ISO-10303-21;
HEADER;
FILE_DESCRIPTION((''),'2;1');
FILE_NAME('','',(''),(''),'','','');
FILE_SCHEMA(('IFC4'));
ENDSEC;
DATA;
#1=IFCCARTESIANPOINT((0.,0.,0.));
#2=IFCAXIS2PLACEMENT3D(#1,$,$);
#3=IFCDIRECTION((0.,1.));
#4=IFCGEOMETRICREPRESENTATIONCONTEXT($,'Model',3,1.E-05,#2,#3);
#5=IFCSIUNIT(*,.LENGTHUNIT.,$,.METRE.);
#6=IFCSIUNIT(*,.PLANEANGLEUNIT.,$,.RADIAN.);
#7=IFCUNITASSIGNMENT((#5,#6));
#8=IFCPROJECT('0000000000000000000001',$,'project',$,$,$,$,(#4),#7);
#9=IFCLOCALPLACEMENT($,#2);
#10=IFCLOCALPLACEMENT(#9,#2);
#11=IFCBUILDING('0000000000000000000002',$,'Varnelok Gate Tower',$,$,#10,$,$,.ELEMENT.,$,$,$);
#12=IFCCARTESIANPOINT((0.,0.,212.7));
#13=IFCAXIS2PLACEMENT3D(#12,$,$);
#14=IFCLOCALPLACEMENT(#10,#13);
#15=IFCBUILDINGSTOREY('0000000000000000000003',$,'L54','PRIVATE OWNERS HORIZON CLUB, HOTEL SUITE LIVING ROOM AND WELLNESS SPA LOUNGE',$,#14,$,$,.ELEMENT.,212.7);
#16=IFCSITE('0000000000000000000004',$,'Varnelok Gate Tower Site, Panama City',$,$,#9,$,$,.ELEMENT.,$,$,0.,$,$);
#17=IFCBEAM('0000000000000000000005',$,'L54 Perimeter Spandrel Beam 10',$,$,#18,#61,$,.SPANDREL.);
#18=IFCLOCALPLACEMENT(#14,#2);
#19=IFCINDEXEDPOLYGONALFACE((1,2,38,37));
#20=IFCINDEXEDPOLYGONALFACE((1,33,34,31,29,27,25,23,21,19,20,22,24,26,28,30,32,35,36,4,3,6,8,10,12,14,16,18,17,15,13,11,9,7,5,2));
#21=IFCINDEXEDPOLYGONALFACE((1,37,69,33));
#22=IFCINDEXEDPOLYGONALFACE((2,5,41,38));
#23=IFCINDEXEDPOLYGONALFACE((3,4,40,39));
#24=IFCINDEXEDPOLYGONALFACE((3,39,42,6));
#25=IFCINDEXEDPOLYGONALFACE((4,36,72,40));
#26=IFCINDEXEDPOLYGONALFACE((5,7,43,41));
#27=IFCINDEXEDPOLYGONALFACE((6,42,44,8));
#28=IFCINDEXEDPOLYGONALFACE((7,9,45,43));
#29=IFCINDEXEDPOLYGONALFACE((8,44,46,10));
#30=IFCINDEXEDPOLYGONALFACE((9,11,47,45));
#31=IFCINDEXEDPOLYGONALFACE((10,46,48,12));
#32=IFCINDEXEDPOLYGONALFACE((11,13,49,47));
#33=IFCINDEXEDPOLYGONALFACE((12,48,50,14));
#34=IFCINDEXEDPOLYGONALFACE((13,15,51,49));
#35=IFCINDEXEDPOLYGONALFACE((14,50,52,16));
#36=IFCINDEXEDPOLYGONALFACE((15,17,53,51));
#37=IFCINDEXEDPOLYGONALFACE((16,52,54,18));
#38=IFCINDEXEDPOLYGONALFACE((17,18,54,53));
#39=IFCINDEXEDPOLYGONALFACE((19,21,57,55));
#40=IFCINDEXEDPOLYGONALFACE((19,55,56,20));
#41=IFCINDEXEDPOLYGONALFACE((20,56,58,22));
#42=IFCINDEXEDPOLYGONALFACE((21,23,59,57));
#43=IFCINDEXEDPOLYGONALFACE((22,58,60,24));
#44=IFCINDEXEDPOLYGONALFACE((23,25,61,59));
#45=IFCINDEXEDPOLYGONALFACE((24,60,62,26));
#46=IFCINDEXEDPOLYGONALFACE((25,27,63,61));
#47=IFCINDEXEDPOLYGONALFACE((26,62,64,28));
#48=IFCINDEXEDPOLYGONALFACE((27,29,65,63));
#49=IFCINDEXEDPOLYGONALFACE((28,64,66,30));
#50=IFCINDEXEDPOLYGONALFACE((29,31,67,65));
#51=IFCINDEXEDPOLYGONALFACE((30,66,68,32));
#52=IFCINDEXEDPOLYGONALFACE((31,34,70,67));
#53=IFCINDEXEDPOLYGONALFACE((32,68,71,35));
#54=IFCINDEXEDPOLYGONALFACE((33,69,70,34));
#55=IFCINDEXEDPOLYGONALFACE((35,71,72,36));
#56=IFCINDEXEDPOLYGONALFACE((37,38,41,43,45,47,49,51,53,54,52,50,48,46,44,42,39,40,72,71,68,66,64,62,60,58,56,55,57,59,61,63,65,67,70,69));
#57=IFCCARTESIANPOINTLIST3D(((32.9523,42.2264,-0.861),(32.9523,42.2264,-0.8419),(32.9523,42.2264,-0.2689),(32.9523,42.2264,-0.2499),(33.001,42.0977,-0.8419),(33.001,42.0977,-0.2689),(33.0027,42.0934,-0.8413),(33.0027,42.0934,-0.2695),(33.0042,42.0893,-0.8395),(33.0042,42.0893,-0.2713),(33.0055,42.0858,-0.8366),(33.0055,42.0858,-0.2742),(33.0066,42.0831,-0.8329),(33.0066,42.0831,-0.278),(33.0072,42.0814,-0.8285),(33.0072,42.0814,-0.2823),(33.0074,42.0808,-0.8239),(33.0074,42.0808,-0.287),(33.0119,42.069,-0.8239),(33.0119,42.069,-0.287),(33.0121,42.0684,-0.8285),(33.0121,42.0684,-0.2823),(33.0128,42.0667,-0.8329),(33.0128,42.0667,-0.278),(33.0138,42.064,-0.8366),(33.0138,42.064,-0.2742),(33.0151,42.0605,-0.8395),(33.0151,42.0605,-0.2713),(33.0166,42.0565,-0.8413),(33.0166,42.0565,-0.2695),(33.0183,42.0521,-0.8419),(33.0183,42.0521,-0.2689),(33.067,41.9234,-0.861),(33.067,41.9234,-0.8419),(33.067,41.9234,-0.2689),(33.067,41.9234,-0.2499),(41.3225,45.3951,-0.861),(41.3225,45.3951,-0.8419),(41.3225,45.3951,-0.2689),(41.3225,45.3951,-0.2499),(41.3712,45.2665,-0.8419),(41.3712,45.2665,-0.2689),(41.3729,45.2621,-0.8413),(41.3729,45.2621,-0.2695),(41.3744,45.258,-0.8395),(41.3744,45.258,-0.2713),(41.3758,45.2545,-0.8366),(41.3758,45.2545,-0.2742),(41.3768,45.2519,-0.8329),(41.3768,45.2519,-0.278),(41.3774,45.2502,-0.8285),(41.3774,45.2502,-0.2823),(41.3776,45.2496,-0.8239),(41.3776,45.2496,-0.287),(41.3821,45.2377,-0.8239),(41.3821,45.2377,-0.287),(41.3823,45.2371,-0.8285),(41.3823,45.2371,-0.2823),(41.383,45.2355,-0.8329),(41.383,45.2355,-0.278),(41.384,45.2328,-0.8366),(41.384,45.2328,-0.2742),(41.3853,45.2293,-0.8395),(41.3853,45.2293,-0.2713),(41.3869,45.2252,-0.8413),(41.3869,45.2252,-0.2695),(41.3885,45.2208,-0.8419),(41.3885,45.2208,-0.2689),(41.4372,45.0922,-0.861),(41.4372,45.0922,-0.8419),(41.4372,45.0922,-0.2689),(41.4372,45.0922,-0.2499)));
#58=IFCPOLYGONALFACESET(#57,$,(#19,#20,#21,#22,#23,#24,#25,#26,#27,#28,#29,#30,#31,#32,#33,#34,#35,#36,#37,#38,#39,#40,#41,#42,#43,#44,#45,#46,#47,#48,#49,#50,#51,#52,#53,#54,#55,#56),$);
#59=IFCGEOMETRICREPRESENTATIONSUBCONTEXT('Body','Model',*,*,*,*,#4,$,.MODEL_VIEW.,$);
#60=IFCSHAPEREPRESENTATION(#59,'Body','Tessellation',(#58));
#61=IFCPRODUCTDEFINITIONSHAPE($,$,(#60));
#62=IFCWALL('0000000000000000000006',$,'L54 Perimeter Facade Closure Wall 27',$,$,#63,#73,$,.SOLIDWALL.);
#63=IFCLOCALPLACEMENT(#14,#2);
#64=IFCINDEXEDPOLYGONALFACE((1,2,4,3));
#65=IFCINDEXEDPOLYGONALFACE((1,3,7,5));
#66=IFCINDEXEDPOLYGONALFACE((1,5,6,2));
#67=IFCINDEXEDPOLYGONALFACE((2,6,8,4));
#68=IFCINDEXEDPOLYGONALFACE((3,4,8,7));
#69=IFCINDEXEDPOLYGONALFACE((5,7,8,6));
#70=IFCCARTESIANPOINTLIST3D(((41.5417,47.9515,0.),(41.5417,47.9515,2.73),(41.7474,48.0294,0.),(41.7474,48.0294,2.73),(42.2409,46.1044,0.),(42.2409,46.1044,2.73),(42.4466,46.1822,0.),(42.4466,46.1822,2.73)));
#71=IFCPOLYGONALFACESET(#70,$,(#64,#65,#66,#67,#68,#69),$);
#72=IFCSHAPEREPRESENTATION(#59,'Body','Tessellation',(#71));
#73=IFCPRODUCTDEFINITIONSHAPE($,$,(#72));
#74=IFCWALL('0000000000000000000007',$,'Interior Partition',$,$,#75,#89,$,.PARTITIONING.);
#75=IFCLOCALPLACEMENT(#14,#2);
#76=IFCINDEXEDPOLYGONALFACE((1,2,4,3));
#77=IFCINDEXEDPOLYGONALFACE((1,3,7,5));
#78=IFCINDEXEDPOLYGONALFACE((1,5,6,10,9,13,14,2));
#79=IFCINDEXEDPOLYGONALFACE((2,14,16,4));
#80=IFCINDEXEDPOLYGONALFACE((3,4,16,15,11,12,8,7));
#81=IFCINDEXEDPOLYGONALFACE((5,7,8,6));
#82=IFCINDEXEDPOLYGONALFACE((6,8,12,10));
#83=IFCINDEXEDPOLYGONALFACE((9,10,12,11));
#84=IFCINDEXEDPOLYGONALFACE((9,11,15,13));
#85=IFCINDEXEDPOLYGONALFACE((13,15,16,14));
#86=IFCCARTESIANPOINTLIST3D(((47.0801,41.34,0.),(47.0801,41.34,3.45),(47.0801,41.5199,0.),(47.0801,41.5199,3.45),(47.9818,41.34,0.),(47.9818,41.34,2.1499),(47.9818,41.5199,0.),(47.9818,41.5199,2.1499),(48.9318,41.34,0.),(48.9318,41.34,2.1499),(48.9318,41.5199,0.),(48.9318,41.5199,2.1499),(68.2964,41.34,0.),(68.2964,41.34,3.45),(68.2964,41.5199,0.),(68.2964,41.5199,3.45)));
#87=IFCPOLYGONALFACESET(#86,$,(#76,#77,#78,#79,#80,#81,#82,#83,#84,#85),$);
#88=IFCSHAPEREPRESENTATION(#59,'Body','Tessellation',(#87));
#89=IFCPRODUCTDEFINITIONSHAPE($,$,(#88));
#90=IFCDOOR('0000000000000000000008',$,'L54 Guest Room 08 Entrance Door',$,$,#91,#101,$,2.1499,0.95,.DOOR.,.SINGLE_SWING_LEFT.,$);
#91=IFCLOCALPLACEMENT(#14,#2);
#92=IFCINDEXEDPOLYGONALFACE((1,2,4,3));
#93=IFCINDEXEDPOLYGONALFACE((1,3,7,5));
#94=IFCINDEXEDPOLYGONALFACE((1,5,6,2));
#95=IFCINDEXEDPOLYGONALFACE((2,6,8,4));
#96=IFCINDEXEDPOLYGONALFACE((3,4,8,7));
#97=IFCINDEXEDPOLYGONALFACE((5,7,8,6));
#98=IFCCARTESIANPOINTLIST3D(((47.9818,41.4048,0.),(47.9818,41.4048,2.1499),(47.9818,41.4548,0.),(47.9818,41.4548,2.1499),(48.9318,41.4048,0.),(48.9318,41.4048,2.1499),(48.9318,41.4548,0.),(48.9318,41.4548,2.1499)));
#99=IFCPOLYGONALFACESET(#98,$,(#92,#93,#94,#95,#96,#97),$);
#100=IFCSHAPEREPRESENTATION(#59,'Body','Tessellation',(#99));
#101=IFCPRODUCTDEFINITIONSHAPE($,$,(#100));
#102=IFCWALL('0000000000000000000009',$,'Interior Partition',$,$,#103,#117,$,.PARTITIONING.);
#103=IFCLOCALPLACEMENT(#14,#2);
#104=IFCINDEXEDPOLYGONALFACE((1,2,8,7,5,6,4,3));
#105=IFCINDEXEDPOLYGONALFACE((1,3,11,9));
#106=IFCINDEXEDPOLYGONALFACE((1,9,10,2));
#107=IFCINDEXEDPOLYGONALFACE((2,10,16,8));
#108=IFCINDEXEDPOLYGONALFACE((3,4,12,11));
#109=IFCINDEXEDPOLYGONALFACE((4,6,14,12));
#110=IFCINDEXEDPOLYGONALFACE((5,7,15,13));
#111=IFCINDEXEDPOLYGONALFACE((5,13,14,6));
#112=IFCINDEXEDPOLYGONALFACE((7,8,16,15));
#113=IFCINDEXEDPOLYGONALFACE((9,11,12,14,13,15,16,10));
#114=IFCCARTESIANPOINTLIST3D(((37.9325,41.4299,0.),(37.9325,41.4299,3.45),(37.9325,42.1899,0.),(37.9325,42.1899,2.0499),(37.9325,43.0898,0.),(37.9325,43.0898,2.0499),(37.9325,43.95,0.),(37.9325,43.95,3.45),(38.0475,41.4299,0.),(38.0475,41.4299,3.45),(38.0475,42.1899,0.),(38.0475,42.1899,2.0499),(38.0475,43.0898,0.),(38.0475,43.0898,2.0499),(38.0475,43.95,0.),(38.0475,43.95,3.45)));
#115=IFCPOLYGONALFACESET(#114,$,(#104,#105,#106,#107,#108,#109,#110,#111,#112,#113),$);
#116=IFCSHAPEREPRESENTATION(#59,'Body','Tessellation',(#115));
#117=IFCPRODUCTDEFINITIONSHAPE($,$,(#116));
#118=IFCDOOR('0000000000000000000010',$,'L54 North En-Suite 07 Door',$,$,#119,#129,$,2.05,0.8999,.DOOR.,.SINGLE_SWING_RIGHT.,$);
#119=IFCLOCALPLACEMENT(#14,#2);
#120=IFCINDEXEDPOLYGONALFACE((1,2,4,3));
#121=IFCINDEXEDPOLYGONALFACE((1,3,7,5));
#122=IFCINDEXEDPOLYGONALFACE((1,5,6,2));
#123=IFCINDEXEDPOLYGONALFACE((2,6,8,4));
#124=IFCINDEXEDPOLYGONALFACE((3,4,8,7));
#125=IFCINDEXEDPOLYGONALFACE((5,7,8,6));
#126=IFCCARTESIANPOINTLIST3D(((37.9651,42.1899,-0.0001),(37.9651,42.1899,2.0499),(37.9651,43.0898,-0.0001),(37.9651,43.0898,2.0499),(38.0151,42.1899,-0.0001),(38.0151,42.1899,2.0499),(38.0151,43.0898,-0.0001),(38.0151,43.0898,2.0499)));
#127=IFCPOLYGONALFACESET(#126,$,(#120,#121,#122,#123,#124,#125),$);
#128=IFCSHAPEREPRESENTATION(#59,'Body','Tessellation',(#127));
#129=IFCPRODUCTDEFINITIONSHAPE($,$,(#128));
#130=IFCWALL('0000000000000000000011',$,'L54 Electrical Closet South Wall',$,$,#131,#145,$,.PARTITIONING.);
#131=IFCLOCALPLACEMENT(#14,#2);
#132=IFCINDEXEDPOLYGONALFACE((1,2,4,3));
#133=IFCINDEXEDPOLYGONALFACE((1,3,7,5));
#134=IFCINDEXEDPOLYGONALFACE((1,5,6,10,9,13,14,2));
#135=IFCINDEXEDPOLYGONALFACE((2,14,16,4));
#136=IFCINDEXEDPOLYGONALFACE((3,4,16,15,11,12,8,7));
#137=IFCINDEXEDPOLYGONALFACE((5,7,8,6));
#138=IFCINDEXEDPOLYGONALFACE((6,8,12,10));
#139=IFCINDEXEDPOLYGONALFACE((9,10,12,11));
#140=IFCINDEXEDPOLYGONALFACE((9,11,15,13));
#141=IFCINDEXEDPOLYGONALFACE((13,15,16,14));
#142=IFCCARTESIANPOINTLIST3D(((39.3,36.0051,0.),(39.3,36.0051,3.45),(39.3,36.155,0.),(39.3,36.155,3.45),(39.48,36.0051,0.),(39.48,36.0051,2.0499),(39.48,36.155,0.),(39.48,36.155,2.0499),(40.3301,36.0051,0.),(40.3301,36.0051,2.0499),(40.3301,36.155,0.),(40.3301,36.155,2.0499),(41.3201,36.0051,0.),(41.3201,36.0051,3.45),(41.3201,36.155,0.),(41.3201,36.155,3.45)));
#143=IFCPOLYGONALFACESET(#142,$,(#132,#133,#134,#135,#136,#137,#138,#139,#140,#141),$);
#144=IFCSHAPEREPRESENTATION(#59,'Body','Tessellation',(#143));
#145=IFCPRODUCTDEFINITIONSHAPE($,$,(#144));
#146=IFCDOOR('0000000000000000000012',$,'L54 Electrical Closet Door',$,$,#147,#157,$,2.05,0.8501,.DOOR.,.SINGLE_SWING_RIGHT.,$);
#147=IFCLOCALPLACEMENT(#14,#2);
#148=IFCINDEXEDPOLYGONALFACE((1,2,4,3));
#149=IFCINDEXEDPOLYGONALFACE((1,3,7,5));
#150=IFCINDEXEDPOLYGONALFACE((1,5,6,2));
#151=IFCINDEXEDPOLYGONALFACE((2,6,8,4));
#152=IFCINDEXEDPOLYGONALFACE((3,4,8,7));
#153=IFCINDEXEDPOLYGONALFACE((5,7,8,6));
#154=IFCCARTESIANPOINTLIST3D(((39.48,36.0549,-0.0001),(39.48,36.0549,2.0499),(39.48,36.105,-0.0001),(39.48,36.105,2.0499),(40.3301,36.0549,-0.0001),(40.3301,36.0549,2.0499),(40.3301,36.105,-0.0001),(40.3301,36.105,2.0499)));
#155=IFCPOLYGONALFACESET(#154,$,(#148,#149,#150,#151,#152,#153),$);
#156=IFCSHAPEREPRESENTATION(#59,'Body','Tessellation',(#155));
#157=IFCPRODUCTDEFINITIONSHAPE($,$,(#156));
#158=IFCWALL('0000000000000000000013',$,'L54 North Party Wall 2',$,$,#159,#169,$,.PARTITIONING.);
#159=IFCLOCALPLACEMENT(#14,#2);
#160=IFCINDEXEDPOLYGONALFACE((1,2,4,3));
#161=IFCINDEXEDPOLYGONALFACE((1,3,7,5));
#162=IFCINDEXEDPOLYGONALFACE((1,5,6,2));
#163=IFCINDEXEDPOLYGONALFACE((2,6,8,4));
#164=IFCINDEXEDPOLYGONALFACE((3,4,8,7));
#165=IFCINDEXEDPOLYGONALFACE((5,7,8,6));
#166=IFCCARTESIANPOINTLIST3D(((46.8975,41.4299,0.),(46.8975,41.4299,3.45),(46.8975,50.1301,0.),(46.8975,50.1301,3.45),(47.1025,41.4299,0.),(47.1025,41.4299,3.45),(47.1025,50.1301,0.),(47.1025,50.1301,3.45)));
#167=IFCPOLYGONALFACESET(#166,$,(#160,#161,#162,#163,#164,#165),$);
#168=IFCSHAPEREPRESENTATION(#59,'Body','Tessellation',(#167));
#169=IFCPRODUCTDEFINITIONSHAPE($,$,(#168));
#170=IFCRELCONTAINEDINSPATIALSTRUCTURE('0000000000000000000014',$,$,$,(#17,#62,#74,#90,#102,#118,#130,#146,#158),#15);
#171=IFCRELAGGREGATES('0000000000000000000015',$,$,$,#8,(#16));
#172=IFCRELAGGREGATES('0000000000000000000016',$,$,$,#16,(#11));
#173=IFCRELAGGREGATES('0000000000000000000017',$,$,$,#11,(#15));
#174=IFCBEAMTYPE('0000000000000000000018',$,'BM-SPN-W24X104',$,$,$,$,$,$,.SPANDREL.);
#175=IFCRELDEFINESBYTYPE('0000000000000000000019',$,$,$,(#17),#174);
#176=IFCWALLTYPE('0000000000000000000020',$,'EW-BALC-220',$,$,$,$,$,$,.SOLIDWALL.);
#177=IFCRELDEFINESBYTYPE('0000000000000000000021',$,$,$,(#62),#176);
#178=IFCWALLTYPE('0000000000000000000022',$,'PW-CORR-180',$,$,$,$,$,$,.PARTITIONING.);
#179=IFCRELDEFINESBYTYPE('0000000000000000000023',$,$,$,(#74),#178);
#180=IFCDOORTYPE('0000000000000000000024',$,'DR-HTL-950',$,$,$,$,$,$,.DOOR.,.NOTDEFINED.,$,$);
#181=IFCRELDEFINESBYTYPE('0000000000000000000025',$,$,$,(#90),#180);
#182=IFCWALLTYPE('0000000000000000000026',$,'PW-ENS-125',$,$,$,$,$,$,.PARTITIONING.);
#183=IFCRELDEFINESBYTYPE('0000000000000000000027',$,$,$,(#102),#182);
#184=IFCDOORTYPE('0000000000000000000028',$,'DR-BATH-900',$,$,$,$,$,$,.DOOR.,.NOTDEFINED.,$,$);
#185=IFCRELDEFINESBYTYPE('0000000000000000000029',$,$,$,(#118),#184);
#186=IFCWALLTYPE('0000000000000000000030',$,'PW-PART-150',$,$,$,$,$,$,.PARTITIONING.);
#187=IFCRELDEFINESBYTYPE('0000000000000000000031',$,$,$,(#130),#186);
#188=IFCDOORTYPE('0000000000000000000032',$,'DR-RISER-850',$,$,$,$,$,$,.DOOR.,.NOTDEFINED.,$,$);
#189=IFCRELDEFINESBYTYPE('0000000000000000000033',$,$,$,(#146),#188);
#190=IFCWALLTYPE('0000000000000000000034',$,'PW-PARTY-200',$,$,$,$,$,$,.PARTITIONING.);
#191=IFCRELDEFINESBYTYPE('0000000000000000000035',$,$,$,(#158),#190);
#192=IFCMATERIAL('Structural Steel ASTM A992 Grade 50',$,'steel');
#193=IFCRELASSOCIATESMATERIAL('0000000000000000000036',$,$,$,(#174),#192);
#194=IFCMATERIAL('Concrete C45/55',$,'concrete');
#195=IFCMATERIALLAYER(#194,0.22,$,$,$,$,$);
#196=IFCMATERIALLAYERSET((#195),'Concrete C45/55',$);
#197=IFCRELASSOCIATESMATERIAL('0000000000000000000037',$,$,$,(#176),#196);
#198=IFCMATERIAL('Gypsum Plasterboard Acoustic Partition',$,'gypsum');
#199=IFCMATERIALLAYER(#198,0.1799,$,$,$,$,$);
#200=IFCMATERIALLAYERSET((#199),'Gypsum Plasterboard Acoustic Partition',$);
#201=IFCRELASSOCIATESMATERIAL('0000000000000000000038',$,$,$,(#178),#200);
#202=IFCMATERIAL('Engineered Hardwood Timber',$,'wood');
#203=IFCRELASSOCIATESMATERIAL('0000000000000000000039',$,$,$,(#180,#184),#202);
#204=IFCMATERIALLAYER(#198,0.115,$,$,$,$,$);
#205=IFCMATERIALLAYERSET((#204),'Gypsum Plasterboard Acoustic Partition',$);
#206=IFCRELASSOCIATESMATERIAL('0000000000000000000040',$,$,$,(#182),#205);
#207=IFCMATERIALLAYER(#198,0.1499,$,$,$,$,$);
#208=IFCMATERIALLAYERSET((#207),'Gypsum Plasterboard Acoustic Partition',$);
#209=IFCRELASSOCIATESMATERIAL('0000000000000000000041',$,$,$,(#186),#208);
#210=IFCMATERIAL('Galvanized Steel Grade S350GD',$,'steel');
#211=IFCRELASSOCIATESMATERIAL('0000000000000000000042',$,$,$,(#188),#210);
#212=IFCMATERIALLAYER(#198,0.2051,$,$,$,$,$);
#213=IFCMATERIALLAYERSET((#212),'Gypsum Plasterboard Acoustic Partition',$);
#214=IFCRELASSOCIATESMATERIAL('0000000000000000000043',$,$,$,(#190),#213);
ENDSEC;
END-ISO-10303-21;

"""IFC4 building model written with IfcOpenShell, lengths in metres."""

from ifc_helpers import new_model, si_unit, direction, frame, frame_2d, origin, origin_2d, place, context, subcontext, project, spatial, rectangle, i_section, extrude, material, layer, layer_set, material_profile, profile_set, type_object, element, fill, save


model = new_model("IFC4")

# Units and contexts
model_context = context("Model", 3, precision=1e-05, world=origin(), true_north=direction((0.0, 1.0)))
body_context = subcontext(model_context, "Body", "Model", "MODEL_VIEW")
ifc_project = project(units=[si_unit("LENGTHUNIT", "METRE"), si_unit("PLANEANGLEUNIT", "RADIAN")], contexts=[model_context])

# Site, building, storey
site_placement = place(None, origin())
site = spatial("IfcSite", under=ifc_project, at=site_placement, Name="Varnelok Gate Tower Site, Panama City", CompositionType="ELEMENT", RefElevation=0.0)
building_placement = place(site_placement, origin())
building = spatial("IfcBuilding", under=site, at=building_placement, Name="Varnelok Gate Tower", CompositionType="ELEMENT")
storey_placement = place(building_placement, frame((0.0, 0.0, 212.7)))
storey = spatial("IfcBuildingStorey", under=building, at=storey_placement, Name="L54", Description="PRIVATE OWNERS HORIZON CLUB, HOTEL SUITE LIVING ROOM AND WELLNESS SPA LOUNGE", CompositionType="ELEMENT", Elevation=212.7)

# Shared definitions
ifc_material_1 = material(Name="Structural Steel ASTM A992 Grade 50", Category="steel")

# Beam
ifc_material_profile_1 = material_profile(ifc_material_1, i_section(OverallWidth=0.324, OverallDepth=0.6111, WebThickness=0.0127, FlangeThickness=0.019, FilletRadius=0.0181, at=origin_2d()), Name="W24X104")
ifc_profile_set_1 = profile_set([ifc_material_profile_1], Name="Structural Steel ASTM A992 Grade 50")
beam_type_1 = type_object("IfcBeamType", Name="BM-SPN-W24X104", PredefinedType="SPANDREL", material=ifc_profile_set_1)
beam_1_placement = place(storey_placement, frame((41.3799, 45.2437, -0.5554), z_axis=(-0.935226, -0.354051, 0.0), x_axis=(0.354051, -0.935226, 0.0)))
element("IfcBeam", 1, at=beam_1_placement, inside=storey, type_object=beam_type_1, Name="L54 Perimeter Spandrel Beam 10", PredefinedType="SPANDREL", context=body_context, shape_type="SweptSolid", body=[
    extrude(i_section(OverallWidth=0.324, OverallDepth=0.6111, WebThickness=0.0127, FlangeThickness=0.019, FilletRadius=0.0181, at=origin_2d()), origin(), (0.0, 0.0, 1.0), 8.95),
])

# Wall
ifc_material_2 = material(Name="Concrete C45/55", Category="concrete")
ifc_layer_1 = layer(ifc_material_2, 0.22)
ifc_layer_set_1 = layer_set([ifc_layer_1], Name="Concrete C45/55")
wall_type_1 = type_object("IfcWallType", Name="EW-BALC-220", PredefinedType="SOLIDWALL", material=ifc_layer_set_1)
wall_1_placement = place(storey_placement, frame((41.6445, 47.9905, 0.0), z_axis=(0.0, 0.0, 1.0), x_axis=(0.354021, -0.935238, 0.0)))
element("IfcWall", 2, at=wall_1_placement, inside=storey, type_object=wall_type_1, Name="L54 Perimeter Facade Closure Wall 27", PredefinedType="SOLIDWALL", context=body_context, shape_type="SweptSolid", body=[
    extrude(rectangle(XDim=1.9751, YDim=0.22, at=frame_2d((0.9875, 0.0))), origin(), (0.0, 0.0, 1.0), 2.73),
])

# Walls, openings, doors
ifc_material_3 = material(Name="Gypsum Plasterboard Acoustic Partition", Category="gypsum")
ifc_layer_2 = layer(ifc_material_3, 0.1799)
ifc_layer_set_2 = layer_set([ifc_layer_2], Name="Gypsum Plasterboard Acoustic Partition")
wall_type_2 = type_object("IfcWallType", Name="PW-CORR-180", PredefinedType="PARTITIONING", material=ifc_layer_set_2)
wall_2_placement = place(storey_placement, frame((47.0801, 41.4299, 0.0), z_axis=(0.0, 0.0, 1.0), x_axis=(1.0, 0.0, 0.0)))
wall_2 = element("IfcWall", 3, at=wall_2_placement, inside=storey, type_object=wall_type_2, Name="Interior Partition", PredefinedType="PARTITIONING", context=body_context, shape_type="SweptSolid", body=[
    extrude(rectangle(XDim=21.2163, YDim=0.1799, at=frame_2d((10.6082, 0.0))), origin(), (0.0, 0.0, 1.0), 3.45),
])
opening_1_placement = place(wall_2_placement, frame((0.9016, 0.0, 0.0)))
opening_1 = element("IfcOpeningElement", 4, at=opening_1_placement, cuts=wall_2, PredefinedType="OPENING", context=body_context, shape_type="SweptSolid", body=[
    extrude(rectangle(XDim=0.95, YDim=2.1499, at=frame_2d((0.4751, 1.075))), frame((0.0, 0.0999, 0.0), z_axis=(0.0, -1.0, 0.0), x_axis=(1.0, 0.0, 0.0)), (0.0, 0.0, 1.0), 0.2),
])
ifc_material_4 = material(Name="Engineered Hardwood Timber", Category="wood")
door_type_1 = type_object("IfcDoorType", Name="DR-HTL-950", OperationType="NOTDEFINED", PredefinedType="DOOR", material=ifc_material_4)
door_1_placement = place(opening_1_placement, origin())
door_1 = element("IfcDoor", 5, at=door_1_placement, inside=storey, type_object=door_type_1, Name="L54 Guest Room 08 Entrance Door", OperationType="SINGLE_SWING_LEFT", OverallHeight=2.1499, OverallWidth=0.95, PredefinedType="DOOR", context=body_context, shape_type="SweptSolid", body=[
    extrude(rectangle(XDim=0.95, YDim=2.1499, at=frame_2d((0.4751, 1.075))), frame((0.0, 0.0249, 0.0), z_axis=(0.0, -1.0, 0.0), x_axis=(1.0, 0.0, 0.0)), (0.0, 0.0, 1.0), 0.05),
])
fill(opening_1, door_1)
ifc_layer_3 = layer(ifc_material_3, 0.115)
ifc_layer_set_3 = layer_set([ifc_layer_3], Name="Gypsum Plasterboard Acoustic Partition")
wall_type_3 = type_object("IfcWallType", Name="PW-ENS-125", PredefinedType="PARTITIONING", material=ifc_layer_set_3)
wall_3_placement = place(storey_placement, frame((37.99, 41.4299, 0.0), z_axis=(0.0, 0.0, 1.0), x_axis=(0.0, 1.0, 0.0)))
wall_3 = element("IfcWall", 6, at=wall_3_placement, inside=storey, type_object=wall_type_3, Name="Interior Partition", PredefinedType="PARTITIONING", context=body_context, shape_type="SweptSolid", body=[
    extrude(rectangle(XDim=2.52, YDim=0.115, at=frame_2d((1.26, 0.0))), origin(), (0.0, 0.0, 1.0), 3.45),
])
opening_2_placement = place(wall_3_placement, frame((0.76, 0.0, 0.0)))
opening_2 = element("IfcOpeningElement", 7, at=opening_2_placement, cuts=wall_3, PredefinedType="OPENING", context=body_context, shape_type="SweptSolid", body=[
    extrude(rectangle(XDim=0.8999, YDim=2.05, at=frame_2d((0.45, 1.0249))), frame((0.0, 0.0674, 0.0), z_axis=(0.0, -1.0, 0.0), x_axis=(1.0, 0.0, 0.0)), (0.0, 0.0, 1.0), 0.135),
])
door_type_2 = type_object("IfcDoorType", Name="DR-BATH-900", OperationType="NOTDEFINED", PredefinedType="DOOR", material=ifc_material_4)
door_2_placement = place(opening_2_placement, origin())
door_2 = element("IfcDoor", 8, at=door_2_placement, inside=storey, type_object=door_type_2, Name="L54 North En-Suite 07 Door", OperationType="SINGLE_SWING_RIGHT", OverallHeight=2.05, OverallWidth=0.8999, PredefinedType="DOOR", context=body_context, shape_type="SweptSolid", body=[
    extrude(rectangle(XDim=0.8999, YDim=2.05, at=frame_2d((0.45, 1.0249))), frame((0.0, 0.0249, 0.0), z_axis=(0.0, -1.0, 0.0), x_axis=(1.0, 0.0, 0.0)), (0.0, 0.0, 1.0), 0.05),
])
fill(opening_2, door_2)
ifc_layer_4 = layer(ifc_material_3, 0.1499)
ifc_layer_set_4 = layer_set([ifc_layer_4], Name="Gypsum Plasterboard Acoustic Partition")
wall_type_4 = type_object("IfcWallType", Name="PW-PART-150", PredefinedType="PARTITIONING", material=ifc_layer_set_4)
wall_4_placement = place(storey_placement, frame((39.3, 36.0801, 0.0), z_axis=(0.0, 0.0, 1.0), x_axis=(1.0, 0.0, 0.0)))
wall_4 = element("IfcWall", 9, at=wall_4_placement, inside=storey, type_object=wall_type_4, Name="L54 Electrical Closet South Wall", PredefinedType="PARTITIONING", context=body_context, shape_type="SweptSolid", body=[
    extrude(rectangle(XDim=2.02, YDim=0.1499, at=frame_2d((1.01, 0.0))), origin(), (0.0, 0.0, 1.0), 3.45),
])
opening_3_placement = place(wall_4_placement, frame((0.1799, 0.0, 0.0)))
opening_3 = element("IfcOpeningElement", 10, at=opening_3_placement, cuts=wall_4, PredefinedType="OPENING", context=body_context, shape_type="SweptSolid", body=[
    extrude(rectangle(XDim=0.8501, YDim=2.05, at=frame_2d((0.425, 1.0249))), frame((0.0, 0.085, 0.0), z_axis=(0.0, -1.0, 0.0), x_axis=(1.0, 0.0, 0.0)), (0.0, 0.0, 1.0), 0.1699),
])
ifc_material_5 = material(Name="Galvanized Steel Grade S350GD", Category="steel")
door_type_3 = type_object("IfcDoorType", Name="DR-RISER-850", OperationType="NOTDEFINED", PredefinedType="DOOR", material=ifc_material_5)
door_3_placement = place(opening_3_placement, origin())
door_3 = element("IfcDoor", 11, at=door_3_placement, inside=storey, type_object=door_type_3, Name="L54 Electrical Closet Door", OperationType="SINGLE_SWING_RIGHT", OverallHeight=2.05, OverallWidth=0.8501, PredefinedType="DOOR", context=body_context, shape_type="SweptSolid", body=[
    extrude(rectangle(XDim=0.8501, YDim=2.05, at=frame_2d((0.425, 1.0249))), frame((0.0, 0.0249, 0.0), z_axis=(0.0, -1.0, 0.0), x_axis=(1.0, 0.0, 0.0)), (0.0, 0.0, 1.0), 0.05),
])
fill(opening_3, door_3)

# Wall
ifc_layer_5 = layer(ifc_material_3, 0.2051)
ifc_layer_set_5 = layer_set([ifc_layer_5], Name="Gypsum Plasterboard Acoustic Partition")
wall_type_5 = type_object("IfcWallType", Name="PW-PARTY-200", PredefinedType="PARTITIONING", material=ifc_layer_set_5)
wall_5_placement = place(storey_placement, frame((47.0, 41.4299, 0.0), z_axis=(0.0, 0.0, 1.0), x_axis=(0.0, 1.0, 0.0)))
element("IfcWall", 12, at=wall_5_placement, inside=storey, type_object=wall_type_5, Name="L54 North Party Wall 2", PredefinedType="PARTITIONING", context=body_context, shape_type="SweptSolid", body=[
    extrude(rectangle(XDim=8.7002, YDim=0.2051, at=frame_2d((4.3501, 0.0))), origin(), (0.0, 0.0, 1.0), 3.45),
])

save(model, "model.ifc")
